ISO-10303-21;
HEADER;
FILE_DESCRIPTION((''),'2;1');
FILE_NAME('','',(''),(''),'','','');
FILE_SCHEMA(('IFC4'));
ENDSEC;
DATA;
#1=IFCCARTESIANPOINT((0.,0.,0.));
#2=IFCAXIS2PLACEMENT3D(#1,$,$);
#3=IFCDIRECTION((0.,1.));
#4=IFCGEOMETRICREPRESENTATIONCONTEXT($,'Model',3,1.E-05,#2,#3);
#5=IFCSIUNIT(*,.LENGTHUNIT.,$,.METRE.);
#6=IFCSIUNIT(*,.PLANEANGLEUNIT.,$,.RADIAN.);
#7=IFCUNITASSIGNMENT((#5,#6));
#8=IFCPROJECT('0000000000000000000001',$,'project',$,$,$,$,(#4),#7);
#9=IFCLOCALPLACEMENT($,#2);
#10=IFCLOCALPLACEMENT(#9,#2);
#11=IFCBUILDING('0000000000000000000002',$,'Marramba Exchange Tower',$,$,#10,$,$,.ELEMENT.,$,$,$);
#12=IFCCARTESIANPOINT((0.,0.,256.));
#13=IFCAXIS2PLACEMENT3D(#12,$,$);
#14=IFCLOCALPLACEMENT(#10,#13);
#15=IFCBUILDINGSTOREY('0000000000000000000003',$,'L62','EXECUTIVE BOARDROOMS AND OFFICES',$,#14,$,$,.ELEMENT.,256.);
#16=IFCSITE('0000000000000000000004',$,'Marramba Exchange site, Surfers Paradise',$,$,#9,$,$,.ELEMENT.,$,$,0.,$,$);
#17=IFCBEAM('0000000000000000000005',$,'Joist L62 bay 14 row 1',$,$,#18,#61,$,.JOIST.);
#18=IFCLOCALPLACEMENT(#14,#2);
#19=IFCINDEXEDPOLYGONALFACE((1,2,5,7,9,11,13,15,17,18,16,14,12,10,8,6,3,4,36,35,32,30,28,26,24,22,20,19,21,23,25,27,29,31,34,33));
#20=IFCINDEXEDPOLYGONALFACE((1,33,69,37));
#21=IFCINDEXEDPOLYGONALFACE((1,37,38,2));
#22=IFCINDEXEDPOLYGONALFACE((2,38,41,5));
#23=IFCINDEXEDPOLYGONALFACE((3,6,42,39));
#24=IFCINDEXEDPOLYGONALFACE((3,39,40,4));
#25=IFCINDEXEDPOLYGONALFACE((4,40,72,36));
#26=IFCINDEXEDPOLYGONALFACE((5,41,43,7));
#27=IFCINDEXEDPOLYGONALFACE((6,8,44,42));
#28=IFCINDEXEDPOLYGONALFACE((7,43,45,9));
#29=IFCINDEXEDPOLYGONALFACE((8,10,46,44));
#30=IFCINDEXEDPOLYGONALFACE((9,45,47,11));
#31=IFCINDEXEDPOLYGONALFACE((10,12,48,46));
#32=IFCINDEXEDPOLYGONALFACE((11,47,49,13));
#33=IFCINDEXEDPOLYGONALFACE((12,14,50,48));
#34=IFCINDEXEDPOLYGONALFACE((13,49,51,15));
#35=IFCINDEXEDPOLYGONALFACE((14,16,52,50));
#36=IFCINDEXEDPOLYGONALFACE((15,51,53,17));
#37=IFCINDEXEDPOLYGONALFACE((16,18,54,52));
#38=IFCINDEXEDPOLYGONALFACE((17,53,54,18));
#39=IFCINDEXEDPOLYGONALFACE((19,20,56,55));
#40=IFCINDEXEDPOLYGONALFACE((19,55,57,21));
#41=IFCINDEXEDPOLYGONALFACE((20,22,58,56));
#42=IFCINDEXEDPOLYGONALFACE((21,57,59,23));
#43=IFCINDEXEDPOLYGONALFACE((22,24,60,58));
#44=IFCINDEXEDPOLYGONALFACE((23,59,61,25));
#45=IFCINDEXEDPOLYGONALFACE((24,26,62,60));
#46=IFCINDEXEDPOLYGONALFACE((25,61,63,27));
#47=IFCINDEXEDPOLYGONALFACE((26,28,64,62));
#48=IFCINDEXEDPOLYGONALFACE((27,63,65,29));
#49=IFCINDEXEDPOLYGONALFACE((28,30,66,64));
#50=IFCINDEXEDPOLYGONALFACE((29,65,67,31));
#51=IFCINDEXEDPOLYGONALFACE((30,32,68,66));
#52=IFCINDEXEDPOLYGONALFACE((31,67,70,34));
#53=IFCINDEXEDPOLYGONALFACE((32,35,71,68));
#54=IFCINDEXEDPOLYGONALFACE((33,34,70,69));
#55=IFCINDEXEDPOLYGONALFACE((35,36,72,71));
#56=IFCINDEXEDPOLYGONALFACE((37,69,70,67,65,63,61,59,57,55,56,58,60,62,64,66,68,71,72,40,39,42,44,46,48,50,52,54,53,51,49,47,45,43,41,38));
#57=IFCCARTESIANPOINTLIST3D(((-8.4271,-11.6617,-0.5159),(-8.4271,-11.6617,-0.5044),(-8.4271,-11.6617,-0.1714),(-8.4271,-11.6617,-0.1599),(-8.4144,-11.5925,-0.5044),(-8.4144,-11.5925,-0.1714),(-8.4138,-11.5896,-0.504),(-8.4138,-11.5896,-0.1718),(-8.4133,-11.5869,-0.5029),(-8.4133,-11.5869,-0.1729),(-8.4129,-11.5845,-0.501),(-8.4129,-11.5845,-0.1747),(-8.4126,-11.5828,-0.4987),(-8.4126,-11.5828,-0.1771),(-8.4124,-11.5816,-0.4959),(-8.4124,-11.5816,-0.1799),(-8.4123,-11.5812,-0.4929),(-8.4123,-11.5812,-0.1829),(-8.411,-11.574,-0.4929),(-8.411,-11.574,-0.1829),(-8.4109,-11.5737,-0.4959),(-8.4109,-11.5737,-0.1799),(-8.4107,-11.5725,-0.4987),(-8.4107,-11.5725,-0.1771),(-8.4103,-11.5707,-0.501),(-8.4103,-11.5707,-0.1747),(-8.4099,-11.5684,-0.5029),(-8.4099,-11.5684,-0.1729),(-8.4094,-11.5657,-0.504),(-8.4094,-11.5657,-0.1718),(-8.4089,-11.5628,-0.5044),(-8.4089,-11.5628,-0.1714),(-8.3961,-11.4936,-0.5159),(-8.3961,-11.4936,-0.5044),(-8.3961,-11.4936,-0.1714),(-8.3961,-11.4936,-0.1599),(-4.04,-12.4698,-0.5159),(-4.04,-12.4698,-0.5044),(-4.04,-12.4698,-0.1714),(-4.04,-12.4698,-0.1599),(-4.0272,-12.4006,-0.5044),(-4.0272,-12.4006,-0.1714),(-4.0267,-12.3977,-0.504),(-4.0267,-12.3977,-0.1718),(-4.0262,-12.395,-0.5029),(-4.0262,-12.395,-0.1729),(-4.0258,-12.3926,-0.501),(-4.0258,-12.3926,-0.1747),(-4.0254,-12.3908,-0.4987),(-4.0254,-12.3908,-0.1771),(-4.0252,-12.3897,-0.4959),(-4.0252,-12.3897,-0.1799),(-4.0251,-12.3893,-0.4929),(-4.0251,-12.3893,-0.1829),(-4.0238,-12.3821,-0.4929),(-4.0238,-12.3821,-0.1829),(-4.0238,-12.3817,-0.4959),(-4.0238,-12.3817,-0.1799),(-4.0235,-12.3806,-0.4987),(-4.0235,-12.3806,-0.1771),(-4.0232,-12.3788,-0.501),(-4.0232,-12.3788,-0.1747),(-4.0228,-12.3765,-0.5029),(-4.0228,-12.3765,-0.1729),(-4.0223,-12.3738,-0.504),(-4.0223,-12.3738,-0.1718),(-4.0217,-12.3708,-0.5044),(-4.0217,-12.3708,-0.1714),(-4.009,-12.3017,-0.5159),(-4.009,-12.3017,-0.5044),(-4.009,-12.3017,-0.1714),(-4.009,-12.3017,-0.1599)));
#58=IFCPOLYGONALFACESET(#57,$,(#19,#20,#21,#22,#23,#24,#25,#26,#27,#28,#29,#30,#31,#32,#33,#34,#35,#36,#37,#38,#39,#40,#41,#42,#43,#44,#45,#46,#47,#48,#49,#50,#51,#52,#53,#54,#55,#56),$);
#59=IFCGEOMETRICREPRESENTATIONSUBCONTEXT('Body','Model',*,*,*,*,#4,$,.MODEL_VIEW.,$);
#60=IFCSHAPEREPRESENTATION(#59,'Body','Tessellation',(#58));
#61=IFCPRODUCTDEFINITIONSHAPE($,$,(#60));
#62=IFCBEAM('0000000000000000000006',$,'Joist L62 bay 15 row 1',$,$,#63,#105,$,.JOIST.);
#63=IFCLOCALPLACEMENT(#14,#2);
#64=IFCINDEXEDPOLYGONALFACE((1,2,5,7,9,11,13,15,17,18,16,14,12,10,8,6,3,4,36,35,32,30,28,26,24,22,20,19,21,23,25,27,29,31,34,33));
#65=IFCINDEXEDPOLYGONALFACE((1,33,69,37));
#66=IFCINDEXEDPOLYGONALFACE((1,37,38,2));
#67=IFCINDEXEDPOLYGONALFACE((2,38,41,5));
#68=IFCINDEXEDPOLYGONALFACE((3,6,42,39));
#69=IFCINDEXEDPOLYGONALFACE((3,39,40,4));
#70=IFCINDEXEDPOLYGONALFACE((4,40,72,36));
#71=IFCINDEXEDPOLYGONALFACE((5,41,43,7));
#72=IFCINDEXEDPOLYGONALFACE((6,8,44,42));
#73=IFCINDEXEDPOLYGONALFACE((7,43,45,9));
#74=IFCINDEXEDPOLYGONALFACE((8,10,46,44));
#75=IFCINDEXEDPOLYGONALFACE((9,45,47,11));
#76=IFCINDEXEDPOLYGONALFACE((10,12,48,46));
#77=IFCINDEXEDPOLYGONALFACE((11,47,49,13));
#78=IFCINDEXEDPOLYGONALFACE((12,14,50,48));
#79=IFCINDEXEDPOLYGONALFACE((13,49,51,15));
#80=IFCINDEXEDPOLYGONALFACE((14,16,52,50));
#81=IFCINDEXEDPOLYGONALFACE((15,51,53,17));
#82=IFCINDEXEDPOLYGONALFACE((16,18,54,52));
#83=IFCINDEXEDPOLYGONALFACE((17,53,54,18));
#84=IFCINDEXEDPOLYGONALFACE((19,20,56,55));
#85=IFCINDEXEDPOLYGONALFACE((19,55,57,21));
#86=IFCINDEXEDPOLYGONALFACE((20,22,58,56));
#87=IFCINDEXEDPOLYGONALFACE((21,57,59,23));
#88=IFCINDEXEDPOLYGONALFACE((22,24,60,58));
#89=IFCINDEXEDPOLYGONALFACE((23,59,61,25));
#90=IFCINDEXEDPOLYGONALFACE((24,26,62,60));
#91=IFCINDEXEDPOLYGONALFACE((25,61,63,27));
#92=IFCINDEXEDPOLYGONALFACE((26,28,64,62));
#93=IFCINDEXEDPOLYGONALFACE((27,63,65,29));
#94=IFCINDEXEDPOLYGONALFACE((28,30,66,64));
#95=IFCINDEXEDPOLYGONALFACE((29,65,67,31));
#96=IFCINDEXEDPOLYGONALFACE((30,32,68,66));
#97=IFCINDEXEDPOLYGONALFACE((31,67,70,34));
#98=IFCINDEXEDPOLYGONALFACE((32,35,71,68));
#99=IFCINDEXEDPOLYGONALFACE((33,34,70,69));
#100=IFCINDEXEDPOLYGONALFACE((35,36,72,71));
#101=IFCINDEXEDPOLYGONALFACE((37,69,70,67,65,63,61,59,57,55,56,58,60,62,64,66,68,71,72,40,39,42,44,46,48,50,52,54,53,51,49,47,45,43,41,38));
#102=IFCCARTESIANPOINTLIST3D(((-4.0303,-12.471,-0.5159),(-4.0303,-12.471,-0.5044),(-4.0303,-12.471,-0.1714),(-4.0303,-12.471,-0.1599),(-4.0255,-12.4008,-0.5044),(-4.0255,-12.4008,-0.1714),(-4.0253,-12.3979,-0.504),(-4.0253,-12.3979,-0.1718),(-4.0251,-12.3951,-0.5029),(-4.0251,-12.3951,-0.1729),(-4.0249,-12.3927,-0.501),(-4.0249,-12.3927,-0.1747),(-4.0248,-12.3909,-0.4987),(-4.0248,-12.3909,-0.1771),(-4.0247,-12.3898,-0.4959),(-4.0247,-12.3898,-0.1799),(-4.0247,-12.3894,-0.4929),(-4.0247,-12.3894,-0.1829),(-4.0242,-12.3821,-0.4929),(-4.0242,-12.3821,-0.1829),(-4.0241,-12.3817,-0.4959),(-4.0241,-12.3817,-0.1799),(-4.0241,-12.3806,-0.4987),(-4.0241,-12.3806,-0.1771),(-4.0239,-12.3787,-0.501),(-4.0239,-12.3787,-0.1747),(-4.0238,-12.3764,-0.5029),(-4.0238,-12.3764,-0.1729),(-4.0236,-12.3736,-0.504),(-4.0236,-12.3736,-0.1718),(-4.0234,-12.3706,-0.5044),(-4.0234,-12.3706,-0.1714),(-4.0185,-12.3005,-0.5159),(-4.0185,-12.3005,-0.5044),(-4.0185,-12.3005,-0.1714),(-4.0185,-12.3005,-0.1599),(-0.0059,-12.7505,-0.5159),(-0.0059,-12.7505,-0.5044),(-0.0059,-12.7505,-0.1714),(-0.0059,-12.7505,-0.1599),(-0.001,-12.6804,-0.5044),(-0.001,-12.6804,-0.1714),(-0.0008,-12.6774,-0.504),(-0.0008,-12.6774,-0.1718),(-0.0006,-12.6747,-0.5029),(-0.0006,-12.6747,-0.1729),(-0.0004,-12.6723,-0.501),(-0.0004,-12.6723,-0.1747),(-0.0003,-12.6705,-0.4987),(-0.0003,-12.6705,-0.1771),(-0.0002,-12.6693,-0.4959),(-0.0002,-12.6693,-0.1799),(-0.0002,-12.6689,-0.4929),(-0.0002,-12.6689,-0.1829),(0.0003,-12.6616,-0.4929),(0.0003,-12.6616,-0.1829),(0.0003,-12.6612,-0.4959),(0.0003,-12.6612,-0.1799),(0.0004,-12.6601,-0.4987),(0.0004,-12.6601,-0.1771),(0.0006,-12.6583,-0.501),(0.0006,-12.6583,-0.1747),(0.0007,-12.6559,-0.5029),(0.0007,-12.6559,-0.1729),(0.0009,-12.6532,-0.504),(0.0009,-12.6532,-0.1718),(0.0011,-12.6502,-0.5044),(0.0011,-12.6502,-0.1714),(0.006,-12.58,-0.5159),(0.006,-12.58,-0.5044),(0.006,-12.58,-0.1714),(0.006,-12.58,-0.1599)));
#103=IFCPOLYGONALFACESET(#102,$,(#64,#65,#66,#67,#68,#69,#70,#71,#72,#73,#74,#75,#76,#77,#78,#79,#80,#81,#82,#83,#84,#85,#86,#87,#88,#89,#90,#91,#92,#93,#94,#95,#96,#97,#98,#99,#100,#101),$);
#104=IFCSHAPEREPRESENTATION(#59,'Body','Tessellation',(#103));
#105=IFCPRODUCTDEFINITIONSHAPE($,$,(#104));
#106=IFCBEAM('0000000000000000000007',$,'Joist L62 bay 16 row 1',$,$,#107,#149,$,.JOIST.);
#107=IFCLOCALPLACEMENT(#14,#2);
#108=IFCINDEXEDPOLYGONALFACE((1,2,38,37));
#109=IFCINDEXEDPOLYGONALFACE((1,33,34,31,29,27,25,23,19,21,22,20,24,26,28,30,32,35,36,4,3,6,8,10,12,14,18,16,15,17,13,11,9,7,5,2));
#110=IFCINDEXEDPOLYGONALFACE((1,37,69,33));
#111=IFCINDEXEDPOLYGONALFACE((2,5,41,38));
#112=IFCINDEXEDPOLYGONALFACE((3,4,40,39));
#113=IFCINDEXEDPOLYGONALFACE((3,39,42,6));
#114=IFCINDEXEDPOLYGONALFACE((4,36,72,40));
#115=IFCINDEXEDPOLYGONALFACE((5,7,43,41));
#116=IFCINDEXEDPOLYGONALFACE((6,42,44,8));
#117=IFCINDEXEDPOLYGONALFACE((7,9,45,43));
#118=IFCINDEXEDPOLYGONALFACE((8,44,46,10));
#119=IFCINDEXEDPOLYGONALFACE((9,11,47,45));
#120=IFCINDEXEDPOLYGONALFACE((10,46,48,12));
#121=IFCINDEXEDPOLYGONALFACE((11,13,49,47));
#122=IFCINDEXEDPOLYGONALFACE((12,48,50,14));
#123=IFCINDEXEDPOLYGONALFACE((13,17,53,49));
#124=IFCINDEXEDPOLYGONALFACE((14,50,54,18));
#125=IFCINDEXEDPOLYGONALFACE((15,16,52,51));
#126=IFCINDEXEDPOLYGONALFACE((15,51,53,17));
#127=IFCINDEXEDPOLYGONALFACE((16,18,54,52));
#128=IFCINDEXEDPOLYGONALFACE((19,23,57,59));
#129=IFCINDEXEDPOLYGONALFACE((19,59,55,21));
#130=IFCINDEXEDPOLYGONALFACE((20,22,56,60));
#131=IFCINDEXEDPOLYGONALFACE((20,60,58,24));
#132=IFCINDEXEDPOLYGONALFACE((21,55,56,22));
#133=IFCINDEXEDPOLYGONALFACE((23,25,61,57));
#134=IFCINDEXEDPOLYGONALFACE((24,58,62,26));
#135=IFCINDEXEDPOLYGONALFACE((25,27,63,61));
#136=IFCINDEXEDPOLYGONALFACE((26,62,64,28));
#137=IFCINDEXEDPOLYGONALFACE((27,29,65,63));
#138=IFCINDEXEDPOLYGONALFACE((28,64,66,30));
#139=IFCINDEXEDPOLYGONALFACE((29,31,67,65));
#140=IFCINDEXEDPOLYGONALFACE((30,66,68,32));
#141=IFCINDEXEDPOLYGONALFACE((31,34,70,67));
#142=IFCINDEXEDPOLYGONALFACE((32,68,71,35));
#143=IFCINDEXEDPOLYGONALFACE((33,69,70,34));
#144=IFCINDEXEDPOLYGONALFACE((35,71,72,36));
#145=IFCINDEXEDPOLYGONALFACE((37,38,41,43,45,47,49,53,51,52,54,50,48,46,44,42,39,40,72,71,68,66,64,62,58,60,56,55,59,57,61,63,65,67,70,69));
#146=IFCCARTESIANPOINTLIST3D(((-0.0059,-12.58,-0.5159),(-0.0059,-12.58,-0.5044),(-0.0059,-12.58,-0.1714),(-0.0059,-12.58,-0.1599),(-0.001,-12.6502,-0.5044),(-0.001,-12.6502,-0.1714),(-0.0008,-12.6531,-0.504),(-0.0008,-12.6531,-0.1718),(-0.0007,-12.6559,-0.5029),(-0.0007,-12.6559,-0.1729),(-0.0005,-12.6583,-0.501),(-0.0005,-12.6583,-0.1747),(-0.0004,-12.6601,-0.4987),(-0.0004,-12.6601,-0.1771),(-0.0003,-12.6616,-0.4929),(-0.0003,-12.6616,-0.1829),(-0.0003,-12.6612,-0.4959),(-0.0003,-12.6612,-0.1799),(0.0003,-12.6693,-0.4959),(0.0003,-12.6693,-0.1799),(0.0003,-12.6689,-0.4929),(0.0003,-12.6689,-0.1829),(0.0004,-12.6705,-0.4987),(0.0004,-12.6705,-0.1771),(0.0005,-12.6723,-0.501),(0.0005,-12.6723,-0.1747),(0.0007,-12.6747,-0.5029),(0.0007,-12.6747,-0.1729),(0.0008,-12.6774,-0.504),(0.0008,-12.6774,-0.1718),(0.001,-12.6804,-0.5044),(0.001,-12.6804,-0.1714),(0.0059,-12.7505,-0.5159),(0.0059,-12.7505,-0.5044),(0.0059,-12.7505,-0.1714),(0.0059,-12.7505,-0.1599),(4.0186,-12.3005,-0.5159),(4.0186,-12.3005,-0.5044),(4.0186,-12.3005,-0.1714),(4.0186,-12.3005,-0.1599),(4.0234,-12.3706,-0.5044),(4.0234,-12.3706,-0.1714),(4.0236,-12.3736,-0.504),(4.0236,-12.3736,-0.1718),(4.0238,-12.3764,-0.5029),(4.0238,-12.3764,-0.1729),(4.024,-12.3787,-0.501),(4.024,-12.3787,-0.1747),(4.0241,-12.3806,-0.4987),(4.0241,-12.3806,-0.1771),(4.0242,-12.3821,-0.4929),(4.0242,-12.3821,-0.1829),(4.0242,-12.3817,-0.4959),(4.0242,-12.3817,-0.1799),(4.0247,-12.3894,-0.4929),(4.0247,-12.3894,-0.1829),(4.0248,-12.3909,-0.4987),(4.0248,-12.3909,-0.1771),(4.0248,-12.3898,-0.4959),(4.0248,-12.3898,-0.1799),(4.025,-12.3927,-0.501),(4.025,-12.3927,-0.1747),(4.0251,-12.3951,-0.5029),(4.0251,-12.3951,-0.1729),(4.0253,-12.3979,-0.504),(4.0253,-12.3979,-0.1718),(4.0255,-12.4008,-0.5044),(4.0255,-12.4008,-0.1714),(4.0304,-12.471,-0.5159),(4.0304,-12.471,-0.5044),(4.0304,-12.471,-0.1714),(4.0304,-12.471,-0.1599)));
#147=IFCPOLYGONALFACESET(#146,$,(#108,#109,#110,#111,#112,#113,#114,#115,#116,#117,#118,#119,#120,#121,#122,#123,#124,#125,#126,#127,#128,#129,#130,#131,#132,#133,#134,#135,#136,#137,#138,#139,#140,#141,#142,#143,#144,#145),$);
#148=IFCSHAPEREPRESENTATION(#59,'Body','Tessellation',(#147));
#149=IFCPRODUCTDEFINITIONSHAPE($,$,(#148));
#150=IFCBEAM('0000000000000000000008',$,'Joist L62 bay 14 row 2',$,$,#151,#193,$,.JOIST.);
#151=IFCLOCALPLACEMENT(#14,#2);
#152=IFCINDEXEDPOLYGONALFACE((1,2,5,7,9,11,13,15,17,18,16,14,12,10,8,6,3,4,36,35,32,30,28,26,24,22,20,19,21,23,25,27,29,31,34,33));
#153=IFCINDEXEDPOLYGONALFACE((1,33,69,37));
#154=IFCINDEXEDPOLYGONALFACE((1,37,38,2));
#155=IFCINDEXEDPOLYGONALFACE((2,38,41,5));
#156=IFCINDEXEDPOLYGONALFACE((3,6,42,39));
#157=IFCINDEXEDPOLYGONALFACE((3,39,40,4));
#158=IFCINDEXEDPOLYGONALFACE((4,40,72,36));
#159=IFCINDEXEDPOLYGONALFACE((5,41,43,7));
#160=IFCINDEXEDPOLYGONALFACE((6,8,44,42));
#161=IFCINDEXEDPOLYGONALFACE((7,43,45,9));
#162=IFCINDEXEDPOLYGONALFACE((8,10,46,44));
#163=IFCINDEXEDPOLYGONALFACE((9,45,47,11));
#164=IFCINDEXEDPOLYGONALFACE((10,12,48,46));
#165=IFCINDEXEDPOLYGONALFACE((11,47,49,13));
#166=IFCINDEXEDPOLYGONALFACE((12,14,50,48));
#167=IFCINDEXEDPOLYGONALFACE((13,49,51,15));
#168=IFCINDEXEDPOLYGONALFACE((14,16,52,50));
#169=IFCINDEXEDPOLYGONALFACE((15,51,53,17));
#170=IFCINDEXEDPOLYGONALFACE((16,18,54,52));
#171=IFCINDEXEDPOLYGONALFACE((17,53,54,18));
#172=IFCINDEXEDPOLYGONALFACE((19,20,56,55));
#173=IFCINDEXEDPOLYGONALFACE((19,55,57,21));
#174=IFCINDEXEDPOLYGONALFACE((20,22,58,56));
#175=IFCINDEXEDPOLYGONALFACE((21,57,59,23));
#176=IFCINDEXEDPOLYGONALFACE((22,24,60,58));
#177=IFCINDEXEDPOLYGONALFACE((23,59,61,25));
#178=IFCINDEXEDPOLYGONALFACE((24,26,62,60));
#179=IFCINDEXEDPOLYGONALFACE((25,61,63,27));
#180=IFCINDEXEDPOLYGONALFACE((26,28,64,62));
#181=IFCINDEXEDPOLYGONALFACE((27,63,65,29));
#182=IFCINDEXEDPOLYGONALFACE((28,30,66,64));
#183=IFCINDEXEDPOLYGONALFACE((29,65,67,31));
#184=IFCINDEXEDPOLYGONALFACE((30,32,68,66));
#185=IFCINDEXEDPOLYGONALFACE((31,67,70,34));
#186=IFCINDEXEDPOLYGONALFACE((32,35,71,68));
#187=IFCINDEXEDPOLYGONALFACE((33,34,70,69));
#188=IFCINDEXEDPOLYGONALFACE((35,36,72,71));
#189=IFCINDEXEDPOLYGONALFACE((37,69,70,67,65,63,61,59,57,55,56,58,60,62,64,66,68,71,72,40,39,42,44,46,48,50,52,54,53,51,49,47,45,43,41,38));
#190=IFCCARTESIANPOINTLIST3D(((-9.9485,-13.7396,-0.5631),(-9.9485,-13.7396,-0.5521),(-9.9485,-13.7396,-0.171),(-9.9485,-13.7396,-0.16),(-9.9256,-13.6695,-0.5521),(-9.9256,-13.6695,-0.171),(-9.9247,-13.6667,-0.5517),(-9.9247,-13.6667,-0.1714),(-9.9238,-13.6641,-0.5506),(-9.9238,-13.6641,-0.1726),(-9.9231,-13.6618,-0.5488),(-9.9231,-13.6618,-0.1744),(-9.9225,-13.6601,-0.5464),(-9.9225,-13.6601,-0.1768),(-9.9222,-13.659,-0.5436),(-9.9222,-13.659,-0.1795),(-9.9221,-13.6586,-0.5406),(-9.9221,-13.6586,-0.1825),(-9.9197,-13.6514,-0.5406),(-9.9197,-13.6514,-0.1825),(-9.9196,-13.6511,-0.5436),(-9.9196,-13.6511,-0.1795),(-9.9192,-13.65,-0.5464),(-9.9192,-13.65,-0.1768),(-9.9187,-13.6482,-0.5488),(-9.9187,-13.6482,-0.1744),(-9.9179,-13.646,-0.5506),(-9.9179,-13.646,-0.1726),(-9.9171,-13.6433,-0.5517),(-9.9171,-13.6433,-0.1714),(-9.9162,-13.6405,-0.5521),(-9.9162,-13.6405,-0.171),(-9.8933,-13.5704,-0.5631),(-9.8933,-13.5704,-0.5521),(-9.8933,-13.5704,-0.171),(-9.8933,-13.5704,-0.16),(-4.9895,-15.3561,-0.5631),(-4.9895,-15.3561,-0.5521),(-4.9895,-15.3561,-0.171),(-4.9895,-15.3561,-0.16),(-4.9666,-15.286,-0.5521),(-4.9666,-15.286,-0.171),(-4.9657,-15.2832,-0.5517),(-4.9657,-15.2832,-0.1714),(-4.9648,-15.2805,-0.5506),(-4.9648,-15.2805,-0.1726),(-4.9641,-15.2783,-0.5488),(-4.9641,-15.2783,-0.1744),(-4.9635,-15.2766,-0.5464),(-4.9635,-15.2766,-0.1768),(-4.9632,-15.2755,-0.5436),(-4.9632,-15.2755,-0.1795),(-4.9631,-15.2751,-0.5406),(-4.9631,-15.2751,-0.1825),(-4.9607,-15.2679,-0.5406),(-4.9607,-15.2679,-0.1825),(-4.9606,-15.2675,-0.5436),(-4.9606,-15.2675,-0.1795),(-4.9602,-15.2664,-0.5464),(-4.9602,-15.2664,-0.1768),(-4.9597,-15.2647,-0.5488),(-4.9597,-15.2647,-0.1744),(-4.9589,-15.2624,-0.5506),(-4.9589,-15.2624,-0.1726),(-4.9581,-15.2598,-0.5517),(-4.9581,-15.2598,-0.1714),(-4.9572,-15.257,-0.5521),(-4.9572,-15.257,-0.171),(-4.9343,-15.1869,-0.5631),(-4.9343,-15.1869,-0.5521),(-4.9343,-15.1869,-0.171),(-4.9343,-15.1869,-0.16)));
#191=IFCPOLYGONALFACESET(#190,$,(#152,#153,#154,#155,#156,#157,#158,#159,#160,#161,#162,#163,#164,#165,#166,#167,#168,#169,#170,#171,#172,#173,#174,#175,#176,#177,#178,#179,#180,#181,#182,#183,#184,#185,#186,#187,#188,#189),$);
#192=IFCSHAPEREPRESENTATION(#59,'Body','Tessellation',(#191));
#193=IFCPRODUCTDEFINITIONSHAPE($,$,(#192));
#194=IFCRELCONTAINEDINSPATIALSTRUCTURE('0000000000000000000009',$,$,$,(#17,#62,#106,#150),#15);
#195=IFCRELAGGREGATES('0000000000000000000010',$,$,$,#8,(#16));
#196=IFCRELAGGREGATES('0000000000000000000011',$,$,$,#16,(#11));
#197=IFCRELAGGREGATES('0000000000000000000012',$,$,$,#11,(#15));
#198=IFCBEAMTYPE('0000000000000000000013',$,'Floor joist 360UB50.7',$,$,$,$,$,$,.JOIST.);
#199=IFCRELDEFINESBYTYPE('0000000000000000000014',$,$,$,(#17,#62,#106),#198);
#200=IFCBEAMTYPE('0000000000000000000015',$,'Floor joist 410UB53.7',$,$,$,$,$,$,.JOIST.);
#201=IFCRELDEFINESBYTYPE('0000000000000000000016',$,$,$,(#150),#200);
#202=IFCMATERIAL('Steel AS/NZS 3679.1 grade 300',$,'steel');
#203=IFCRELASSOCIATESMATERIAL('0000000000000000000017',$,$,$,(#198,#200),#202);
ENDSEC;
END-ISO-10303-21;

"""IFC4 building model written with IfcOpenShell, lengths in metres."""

from ifc_helpers import new_model, si_unit, direction, frame, origin, origin_2d, place, context, subcontext, project, spatial, i_section, extrude, material, material_profile, profile_set, type_object, element, save


model = new_model("IFC4")

# Units and contexts
model_context = context("Model", 3, precision=1e-05, world=origin(), true_north=direction((0.0, 1.0)))
body_context = subcontext(model_context, "Body", "Model", "MODEL_VIEW")
ifc_project = project(units=[si_unit("LENGTHUNIT", "METRE"), si_unit("PLANEANGLEUNIT", "RADIAN")], contexts=[model_context])

# Site, building, storey
site_placement = place(None, origin())
site = spatial("IfcSite", under=ifc_project, at=site_placement, Name="Marramba Exchange site, Surfers Paradise", CompositionType="ELEMENT", RefElevation=0.0)
building_placement = place(site_placement, origin())
building = spatial("IfcBuilding", under=site, at=building_placement, Name="Marramba Exchange Tower", CompositionType="ELEMENT")
storey_placement = place(building_placement, frame((0.0, 0.0, 256.0)))
storey = spatial("IfcBuildingStorey", under=building, at=storey_placement, Name="L62", Description="EXECUTIVE BOARDROOMS AND OFFICES", CompositionType="ELEMENT", Elevation=256.0)

# Beams
ifc_material_1 = material(Name="Steel AS/NZS 3679.1 grade 300", Category="steel")
ifc_material_profile_1 = material_profile(ifc_material_1, i_section(OverallWidth=0.1709, OverallDepth=0.356, WebThickness=0.0073, FlangeThickness=0.0115, FilletRadius=0.0115, at=origin_2d()), Name="360UB50.7")
ifc_profile_set_1 = profile_set([ifc_material_profile_1], Name="Steel AS/NZS 3679.1 grade 300")
beam_type_1 = type_object("IfcBeamType", Name="Floor joist 360UB50.7", PredefinedType="JOIST", material=ifc_profile_set_1)
beam_1_placement = place(storey_placement, frame((-8.4116, -11.5776, -0.3379), z_axis=(0.983456, -0.181149, 0.0), x_axis=(0.181149, 0.983456, 0.0)))
element("IfcBeam", 1, at=beam_1_placement, inside=storey, type_object=beam_type_1, Name="Joist L62 bay 14 row 1", PredefinedType="JOIST", context=body_context, shape_type="SweptSolid", body=[
    extrude(i_section(OverallWidth=0.1709, OverallDepth=0.356, WebThickness=0.0073, FlangeThickness=0.0115, FilletRadius=0.0115, at=origin_2d()), origin(), (0.0, 0.0, 1.0), 4.4609),
])
for number, where, z_axis, x_axis, name in (
    (2, (-4.0244, -12.3857, -0.3379), (0.997596, -0.069294, 0.0), (0.069294, 0.997596, 0.0), "Joist L62 bay 15 row 1"),
    (3, (0.0, -12.6653, -0.3379), (0.997596, 0.069294, 0.0), (-0.069294, 0.997596, 0.0), "Joist L62 bay 16 row 1"),
):
    element("IfcBeam", number, at=place(storey_placement, frame(where, z_axis=z_axis, x_axis=x_axis)), inside=storey, type_object=beam_type_1, Name=name, PredefinedType="JOIST", context=body_context, shape_type="SweptSolid", body=[
        extrude(i_section(OverallWidth=0.1709, OverallDepth=0.356, WebThickness=0.0073, FlangeThickness=0.0115, FilletRadius=0.0115, at=origin_2d()), origin(), (0.0, 0.0, 1.0), 4.0342),
    ])
ifc_material_profile_2 = material_profile(ifc_material_1, i_section(OverallWidth=0.178, OverallDepth=0.4031, WebThickness=0.0076, FlangeThickness=0.011, FilletRadius=0.0115, at=origin_2d()), Name="410UB53.7")
ifc_profile_set_2 = profile_set([ifc_material_profile_2], Name="Steel AS/NZS 3679.1 grade 300")
beam_type_2 = type_object("IfcBeamType", Name="Floor joist 410UB53.7", PredefinedType="JOIST", material=ifc_profile_set_2)
beam_2_placement = place(storey_placement, frame((-9.9209, -13.655, -0.3616), z_axis=(0.950764, -0.309916, 0.0), x_axis=(0.309916, 0.950764, 0.0)))
element("IfcBeam", 4, at=beam_2_placement, inside=storey, type_object=beam_type_2, Name="Joist L62 bay 14 row 2", PredefinedType="JOIST", context=body_context, shape_type="SweptSolid", body=[
    extrude(i_section(OverallWidth=0.178, OverallDepth=0.4031, WebThickness=0.0076, FlangeThickness=0.011, FilletRadius=0.0115, at=origin_2d()), origin(), (0.0, 0.0, 1.0), 5.2158),
])

save(model, "model.ifc")
